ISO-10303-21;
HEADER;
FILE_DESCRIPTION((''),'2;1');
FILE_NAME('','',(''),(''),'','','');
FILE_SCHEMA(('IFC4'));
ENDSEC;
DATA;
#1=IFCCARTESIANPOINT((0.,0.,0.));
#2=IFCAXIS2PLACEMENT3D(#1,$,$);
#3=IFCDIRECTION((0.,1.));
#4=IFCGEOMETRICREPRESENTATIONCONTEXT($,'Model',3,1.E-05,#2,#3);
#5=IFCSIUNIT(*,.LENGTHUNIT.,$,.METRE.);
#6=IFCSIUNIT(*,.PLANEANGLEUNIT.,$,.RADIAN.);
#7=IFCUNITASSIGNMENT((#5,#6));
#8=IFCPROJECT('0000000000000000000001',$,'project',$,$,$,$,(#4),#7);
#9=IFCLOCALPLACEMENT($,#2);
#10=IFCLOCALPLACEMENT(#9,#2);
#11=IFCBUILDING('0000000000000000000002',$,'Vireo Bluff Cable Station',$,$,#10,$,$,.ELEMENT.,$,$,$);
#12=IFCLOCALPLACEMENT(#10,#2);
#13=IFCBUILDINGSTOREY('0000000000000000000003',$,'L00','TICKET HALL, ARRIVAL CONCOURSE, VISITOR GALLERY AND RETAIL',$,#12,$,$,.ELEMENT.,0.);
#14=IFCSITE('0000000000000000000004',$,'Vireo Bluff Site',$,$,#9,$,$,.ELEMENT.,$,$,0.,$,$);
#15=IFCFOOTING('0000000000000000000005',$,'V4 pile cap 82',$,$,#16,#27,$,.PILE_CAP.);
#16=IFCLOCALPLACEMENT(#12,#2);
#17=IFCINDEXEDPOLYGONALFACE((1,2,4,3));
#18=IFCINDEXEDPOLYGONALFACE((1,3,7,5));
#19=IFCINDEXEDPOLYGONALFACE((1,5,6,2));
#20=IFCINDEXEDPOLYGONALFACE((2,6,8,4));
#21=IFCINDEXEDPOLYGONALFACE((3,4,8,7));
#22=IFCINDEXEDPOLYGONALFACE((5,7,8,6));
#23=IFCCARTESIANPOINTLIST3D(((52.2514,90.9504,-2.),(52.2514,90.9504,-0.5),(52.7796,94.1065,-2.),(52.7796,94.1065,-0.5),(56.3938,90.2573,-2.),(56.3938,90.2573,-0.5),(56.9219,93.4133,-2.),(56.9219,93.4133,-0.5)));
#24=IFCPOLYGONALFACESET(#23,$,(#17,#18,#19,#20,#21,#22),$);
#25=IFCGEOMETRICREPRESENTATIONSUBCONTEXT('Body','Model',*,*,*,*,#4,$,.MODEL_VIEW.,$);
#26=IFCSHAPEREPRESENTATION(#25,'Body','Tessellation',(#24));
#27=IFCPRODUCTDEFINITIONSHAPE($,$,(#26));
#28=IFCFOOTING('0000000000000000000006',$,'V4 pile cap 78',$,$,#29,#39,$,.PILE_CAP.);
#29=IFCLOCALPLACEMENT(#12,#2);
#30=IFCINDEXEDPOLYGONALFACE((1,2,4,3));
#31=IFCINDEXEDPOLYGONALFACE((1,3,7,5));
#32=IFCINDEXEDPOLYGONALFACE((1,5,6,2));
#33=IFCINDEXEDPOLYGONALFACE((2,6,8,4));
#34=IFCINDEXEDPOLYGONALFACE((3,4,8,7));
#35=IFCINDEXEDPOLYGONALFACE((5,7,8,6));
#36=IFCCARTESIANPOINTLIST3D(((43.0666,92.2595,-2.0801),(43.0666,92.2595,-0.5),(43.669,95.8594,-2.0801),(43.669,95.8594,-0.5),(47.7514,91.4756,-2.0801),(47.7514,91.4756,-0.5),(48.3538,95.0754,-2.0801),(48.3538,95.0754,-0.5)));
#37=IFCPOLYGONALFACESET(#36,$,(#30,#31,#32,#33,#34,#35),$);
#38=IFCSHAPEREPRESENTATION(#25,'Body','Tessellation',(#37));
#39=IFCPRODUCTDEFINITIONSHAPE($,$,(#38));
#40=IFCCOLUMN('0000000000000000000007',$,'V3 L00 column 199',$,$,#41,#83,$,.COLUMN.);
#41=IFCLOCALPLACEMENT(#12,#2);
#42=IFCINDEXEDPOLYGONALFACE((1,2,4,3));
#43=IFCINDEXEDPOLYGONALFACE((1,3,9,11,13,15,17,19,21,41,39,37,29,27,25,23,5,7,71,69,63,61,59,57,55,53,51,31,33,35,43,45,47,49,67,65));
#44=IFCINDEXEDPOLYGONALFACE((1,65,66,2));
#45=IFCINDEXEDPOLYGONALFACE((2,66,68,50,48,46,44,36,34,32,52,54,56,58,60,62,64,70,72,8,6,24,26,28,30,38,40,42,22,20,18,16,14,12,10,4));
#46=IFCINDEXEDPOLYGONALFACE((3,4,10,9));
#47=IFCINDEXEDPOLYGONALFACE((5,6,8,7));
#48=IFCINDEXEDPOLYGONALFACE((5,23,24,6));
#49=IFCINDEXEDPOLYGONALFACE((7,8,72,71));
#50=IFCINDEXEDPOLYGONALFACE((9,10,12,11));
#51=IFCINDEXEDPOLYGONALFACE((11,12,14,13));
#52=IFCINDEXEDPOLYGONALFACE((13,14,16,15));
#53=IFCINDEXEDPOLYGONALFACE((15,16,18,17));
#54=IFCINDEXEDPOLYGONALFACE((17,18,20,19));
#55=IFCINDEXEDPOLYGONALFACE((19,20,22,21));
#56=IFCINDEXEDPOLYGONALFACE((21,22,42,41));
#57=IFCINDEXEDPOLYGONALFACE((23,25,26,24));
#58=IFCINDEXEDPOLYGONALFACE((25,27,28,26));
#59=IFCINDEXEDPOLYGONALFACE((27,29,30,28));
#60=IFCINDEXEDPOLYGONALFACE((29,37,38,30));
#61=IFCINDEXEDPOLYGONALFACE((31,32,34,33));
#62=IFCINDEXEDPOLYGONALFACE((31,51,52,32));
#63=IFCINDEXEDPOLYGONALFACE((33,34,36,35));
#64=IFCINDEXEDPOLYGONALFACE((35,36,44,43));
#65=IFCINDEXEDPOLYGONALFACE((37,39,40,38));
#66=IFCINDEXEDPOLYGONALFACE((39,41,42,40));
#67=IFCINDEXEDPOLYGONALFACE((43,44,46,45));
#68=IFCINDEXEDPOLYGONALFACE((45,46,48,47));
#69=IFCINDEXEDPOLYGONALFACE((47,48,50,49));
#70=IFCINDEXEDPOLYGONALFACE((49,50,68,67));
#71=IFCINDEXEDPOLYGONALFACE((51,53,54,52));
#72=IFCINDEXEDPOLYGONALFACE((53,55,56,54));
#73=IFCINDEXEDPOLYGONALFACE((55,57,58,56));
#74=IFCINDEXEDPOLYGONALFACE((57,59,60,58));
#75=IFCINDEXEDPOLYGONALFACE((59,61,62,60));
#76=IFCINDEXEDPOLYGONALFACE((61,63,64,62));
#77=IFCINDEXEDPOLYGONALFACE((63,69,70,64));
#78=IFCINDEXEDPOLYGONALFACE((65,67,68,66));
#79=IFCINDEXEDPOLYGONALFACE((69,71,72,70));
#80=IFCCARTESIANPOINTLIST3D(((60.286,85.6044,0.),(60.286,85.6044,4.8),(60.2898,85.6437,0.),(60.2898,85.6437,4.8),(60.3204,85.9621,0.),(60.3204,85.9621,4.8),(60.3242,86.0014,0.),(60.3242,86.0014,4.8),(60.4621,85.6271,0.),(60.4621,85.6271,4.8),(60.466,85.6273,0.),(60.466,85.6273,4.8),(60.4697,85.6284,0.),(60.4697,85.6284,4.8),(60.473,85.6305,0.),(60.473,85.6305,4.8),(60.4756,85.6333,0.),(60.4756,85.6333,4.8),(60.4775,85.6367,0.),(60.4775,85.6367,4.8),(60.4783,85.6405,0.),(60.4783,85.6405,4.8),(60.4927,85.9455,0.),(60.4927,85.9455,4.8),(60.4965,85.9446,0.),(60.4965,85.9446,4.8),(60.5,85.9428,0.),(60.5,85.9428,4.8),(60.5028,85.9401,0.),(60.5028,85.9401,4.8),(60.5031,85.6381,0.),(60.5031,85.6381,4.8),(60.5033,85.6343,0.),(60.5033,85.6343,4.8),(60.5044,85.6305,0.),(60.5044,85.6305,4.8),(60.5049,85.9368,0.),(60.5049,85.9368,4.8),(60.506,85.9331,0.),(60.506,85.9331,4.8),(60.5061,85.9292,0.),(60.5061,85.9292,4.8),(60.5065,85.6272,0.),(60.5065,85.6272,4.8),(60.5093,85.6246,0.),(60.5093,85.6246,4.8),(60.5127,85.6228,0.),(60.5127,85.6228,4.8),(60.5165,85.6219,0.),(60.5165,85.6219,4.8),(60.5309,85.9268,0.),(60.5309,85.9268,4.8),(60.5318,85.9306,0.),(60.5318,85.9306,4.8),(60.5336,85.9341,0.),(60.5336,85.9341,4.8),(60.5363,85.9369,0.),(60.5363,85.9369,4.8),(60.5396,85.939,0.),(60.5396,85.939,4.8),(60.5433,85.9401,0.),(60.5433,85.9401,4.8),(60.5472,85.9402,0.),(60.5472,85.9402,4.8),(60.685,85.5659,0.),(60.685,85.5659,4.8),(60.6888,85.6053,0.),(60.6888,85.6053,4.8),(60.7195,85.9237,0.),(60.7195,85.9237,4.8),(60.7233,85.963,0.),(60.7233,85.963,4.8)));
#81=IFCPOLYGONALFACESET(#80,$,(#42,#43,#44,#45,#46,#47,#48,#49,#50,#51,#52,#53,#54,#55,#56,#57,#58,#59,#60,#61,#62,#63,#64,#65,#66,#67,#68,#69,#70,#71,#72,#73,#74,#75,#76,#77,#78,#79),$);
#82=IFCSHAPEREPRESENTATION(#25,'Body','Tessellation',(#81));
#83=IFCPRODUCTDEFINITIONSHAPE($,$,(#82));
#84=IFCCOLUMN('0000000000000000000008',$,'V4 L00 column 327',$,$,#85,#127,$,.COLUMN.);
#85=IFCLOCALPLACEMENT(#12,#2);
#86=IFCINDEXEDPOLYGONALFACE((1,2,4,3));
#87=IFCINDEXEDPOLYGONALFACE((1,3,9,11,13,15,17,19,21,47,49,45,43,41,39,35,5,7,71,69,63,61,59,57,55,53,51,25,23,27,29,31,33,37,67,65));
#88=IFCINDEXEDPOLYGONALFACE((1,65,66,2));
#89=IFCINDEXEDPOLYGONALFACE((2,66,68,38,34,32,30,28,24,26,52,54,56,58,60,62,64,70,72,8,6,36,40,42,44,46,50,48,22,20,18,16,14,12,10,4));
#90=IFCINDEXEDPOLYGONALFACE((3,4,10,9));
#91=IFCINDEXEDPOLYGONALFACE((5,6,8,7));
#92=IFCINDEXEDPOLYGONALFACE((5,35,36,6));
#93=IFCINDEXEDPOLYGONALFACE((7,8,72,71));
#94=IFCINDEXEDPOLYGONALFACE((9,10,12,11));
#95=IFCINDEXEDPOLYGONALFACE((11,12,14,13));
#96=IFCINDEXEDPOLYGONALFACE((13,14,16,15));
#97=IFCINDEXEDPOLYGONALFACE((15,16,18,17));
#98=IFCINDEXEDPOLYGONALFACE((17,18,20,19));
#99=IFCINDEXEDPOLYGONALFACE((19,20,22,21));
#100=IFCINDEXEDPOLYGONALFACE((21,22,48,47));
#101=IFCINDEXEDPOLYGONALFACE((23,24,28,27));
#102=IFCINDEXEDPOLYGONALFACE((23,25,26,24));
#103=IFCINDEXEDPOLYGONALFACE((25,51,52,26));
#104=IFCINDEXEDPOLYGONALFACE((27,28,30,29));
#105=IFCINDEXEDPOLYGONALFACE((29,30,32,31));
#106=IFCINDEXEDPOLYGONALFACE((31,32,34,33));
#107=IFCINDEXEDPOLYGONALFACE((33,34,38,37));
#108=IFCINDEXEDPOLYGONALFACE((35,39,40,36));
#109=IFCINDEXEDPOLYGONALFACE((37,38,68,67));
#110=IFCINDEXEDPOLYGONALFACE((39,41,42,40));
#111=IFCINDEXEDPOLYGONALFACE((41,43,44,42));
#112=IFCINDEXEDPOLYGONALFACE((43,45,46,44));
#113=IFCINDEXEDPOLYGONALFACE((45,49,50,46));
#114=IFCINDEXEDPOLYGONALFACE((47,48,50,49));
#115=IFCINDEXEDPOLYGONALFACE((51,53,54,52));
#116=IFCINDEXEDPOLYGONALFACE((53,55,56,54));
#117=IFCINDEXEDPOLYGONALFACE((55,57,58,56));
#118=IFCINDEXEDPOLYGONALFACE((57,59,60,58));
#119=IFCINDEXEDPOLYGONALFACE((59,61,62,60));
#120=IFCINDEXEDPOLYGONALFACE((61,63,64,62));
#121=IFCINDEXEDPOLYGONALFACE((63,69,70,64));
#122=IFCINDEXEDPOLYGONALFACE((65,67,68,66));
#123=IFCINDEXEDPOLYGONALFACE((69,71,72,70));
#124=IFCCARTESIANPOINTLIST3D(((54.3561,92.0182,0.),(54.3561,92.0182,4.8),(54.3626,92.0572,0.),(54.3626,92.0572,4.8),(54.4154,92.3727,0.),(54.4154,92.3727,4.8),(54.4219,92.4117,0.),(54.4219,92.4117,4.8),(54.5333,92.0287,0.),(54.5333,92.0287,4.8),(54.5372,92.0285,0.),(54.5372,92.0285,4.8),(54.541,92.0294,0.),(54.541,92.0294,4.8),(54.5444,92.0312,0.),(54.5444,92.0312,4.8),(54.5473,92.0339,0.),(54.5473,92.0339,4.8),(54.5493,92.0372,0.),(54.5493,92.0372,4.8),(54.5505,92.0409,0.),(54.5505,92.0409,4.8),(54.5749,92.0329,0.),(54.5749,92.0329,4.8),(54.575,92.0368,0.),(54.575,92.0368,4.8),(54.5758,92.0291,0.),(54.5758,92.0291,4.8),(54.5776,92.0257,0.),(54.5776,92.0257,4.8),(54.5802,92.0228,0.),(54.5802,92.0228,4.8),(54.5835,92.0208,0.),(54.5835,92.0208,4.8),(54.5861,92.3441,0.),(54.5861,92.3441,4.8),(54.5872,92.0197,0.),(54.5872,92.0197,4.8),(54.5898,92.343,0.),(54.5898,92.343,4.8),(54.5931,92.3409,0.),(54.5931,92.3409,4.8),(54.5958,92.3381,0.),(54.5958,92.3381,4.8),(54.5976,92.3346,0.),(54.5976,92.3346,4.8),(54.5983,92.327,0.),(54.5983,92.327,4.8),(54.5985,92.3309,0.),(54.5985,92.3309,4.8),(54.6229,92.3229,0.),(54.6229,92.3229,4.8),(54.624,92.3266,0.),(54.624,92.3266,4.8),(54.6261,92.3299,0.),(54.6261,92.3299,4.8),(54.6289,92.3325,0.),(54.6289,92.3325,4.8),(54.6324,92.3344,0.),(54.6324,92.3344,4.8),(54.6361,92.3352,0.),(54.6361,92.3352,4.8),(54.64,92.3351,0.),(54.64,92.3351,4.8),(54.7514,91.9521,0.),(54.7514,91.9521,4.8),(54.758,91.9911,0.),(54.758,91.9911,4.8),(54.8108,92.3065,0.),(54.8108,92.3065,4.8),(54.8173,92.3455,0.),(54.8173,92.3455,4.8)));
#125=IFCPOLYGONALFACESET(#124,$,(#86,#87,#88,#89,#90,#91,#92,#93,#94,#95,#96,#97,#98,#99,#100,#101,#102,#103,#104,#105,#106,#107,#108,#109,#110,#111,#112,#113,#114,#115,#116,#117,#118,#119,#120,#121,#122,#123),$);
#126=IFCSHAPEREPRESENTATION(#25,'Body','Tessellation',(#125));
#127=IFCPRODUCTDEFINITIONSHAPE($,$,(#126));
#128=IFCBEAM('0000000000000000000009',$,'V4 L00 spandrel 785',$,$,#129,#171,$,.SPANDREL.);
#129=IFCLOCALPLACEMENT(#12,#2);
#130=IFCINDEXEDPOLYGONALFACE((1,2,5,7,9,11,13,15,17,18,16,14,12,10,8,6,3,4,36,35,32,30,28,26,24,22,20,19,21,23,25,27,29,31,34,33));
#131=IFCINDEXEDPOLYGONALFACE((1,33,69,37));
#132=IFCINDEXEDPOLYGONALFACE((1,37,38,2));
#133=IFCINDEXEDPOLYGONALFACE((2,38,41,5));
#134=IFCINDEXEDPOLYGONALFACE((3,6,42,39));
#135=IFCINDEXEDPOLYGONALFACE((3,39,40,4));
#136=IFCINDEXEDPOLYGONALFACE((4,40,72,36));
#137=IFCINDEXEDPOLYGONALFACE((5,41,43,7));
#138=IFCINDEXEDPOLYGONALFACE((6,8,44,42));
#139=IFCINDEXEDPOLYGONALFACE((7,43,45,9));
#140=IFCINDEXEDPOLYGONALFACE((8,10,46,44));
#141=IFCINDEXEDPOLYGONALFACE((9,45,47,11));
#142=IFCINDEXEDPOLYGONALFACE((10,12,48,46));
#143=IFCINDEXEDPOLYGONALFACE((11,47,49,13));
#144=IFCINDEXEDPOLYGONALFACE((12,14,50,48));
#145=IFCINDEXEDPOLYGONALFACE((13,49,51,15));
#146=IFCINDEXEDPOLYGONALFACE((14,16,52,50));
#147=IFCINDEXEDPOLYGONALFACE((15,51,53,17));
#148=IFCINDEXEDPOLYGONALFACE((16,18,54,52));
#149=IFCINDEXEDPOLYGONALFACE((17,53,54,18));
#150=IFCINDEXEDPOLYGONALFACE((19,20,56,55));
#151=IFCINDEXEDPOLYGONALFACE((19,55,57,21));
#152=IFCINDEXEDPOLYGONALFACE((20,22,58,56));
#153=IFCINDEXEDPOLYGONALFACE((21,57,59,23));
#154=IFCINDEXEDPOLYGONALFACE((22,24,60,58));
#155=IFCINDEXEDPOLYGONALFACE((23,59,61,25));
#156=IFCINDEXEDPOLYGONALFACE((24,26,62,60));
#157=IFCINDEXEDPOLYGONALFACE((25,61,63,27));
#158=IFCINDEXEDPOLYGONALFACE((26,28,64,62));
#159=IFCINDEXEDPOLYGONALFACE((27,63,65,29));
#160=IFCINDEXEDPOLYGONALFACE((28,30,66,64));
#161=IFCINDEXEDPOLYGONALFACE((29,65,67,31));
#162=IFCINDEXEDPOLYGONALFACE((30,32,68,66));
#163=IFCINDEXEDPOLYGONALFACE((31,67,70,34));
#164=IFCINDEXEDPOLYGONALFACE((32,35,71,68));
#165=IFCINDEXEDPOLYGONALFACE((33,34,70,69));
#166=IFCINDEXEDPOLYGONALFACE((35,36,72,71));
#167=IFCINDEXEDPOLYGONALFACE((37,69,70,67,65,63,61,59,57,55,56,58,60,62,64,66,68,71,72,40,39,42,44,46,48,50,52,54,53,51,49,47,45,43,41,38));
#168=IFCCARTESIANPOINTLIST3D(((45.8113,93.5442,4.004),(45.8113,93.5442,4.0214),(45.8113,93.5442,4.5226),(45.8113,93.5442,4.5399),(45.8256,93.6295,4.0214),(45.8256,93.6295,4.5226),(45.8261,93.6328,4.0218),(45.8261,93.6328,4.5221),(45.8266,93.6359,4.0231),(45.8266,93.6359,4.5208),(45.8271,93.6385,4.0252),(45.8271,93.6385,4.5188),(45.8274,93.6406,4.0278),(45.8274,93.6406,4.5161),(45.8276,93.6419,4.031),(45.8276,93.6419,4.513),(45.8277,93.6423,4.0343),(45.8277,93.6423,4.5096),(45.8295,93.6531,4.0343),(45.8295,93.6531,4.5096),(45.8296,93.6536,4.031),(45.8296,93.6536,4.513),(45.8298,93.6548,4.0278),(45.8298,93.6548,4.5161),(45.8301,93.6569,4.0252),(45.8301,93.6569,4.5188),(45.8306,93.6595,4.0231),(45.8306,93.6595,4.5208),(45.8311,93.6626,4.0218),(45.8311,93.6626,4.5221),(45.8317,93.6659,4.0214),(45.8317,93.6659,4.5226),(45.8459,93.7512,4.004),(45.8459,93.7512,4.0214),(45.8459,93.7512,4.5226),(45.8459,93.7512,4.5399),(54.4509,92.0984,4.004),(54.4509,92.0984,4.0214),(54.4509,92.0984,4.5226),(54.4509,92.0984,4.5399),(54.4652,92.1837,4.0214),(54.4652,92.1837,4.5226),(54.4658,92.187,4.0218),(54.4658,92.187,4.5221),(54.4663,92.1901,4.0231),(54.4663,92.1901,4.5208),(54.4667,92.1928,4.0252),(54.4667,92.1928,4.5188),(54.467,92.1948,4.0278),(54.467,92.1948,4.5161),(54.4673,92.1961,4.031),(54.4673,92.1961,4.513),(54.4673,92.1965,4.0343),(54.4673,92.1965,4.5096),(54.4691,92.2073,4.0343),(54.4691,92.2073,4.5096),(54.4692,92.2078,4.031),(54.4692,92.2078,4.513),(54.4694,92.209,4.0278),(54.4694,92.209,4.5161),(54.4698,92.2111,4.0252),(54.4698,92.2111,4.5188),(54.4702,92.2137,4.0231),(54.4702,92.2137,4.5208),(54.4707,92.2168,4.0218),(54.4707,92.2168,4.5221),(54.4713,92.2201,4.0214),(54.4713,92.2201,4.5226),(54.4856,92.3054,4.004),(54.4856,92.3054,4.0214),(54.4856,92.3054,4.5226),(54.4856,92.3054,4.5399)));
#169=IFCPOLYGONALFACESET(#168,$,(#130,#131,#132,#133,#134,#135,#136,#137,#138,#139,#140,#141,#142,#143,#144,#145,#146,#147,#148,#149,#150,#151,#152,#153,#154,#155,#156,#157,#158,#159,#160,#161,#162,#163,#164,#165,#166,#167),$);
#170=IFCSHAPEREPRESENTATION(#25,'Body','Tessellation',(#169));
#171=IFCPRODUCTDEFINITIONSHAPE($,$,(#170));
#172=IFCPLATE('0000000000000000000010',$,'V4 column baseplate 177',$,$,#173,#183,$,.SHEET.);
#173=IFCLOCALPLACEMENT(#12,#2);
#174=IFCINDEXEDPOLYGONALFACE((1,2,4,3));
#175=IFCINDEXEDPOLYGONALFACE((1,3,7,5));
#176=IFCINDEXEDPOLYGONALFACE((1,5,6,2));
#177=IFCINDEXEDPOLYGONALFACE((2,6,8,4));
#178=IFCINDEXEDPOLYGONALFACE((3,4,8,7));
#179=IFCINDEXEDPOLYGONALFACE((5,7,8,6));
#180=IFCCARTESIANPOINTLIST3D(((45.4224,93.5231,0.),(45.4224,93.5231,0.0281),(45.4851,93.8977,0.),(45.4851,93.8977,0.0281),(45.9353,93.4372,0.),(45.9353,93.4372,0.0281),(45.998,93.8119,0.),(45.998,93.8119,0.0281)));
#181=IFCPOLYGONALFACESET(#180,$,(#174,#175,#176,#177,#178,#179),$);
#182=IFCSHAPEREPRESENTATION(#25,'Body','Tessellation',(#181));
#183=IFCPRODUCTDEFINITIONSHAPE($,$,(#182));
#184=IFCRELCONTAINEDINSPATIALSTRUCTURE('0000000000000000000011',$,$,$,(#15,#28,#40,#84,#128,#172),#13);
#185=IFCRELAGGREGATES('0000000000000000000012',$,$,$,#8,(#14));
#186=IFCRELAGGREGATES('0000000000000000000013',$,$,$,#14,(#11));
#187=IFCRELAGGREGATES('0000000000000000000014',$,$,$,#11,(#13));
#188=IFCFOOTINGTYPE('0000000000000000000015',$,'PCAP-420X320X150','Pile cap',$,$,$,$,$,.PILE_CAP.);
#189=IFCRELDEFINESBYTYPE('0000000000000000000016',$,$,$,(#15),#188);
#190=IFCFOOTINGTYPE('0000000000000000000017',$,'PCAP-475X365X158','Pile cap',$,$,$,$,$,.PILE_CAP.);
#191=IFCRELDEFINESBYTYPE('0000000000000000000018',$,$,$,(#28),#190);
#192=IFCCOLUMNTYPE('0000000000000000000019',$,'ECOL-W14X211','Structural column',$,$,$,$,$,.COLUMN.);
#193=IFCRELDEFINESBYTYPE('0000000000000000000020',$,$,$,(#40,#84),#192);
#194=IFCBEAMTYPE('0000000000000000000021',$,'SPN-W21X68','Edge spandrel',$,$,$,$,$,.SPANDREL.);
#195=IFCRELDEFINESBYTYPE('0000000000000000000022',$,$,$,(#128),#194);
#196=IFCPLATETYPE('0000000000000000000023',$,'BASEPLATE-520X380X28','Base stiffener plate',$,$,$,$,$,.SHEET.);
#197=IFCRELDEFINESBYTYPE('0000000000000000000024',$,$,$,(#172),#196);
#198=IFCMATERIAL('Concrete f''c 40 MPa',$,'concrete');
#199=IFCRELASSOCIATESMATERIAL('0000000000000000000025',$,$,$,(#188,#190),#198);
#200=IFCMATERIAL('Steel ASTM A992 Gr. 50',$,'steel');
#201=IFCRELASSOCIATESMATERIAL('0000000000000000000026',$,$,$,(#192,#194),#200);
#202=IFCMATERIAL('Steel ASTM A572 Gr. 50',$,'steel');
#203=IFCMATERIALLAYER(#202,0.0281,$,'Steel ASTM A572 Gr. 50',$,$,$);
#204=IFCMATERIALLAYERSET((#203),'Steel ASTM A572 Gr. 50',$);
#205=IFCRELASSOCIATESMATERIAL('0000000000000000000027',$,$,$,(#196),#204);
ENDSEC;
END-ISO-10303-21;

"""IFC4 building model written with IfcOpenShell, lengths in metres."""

from ifc_helpers import new_model, si_unit, direction, frame, origin, origin_2d, place, context, subcontext, project, spatial, rectangle, i_section, extrude, material, layer, layer_set, material_profile, profile_set, type_object, element, save


model = new_model("IFC4")

# Units and contexts
model_context = context("Model", 3, precision=1e-05, world=origin(), true_north=direction((0.0, 1.0)))
body_context = subcontext(model_context, "Body", "Model", "MODEL_VIEW")
ifc_project = project(units=[si_unit("LENGTHUNIT", "METRE"), si_unit("PLANEANGLEUNIT", "RADIAN")], contexts=[model_context])

# Site, building, storey
site_placement = place(None, origin())
site = spatial("IfcSite", under=ifc_project, at=site_placement, Name="Vireo Bluff Site", CompositionType="ELEMENT", RefElevation=0.0)
building_placement = place(site_placement, origin())
building = spatial("IfcBuilding", under=site, at=building_placement, Name="Vireo Bluff Cable Station", CompositionType="ELEMENT")
storey_placement = place(building_placement, origin())
storey = spatial("IfcBuildingStorey", under=building, at=storey_placement, Name="L00", Description="TICKET HALL, ARRIVAL CONCOURSE, VISITOR GALLERY AND RETAIL", CompositionType="ELEMENT", Elevation=0.0)

# Footings
ifc_material_1 = material(Name="Concrete f'c 40 MPa", Category="concrete")
footing_type_1 = type_object("IfcFootingType", Name="PCAP-420X320X150", Description="Pile cap", PredefinedType="PILE_CAP", material=ifc_material_1)
footing_1_placement = place(storey_placement, frame((54.5867, 92.1819, -2.0), z_axis=(0.0, 0.0, 1.0), x_axis=(0.986286, -0.165048, 0.0)))
element("IfcFooting", 1, at=footing_1_placement, inside=storey, type_object=footing_type_1, Name="V4 pile cap 82", PredefinedType="PILE_CAP", context=body_context, shape_type="SweptSolid", body=[
    extrude(rectangle(XDim=4.2, YDim=3.2, at=origin_2d()), origin(), (0.0, 0.0, 1.0), 1.5),
])
footing_type_2 = type_object("IfcFootingType", Name="PCAP-475X365X158", Description="Pile cap", PredefinedType="PILE_CAP", material=ifc_material_1)
footing_2_placement = place(storey_placement, frame((45.7102, 93.6675, -2.0801), z_axis=(0.0, 0.0, 1.0), x_axis=(0.986286, -0.165048, 0.0)))
element("IfcFooting", 2, at=footing_2_placement, inside=storey, type_object=footing_type_2, Name="V4 pile cap 78", PredefinedType="PILE_CAP", context=body_context, shape_type="SweptSolid", body=[
    extrude(rectangle(XDim=4.75, YDim=3.6499, at=origin_2d()), origin(), (0.0, 0.0, 1.0), 1.5801),
])

# Columns
ifc_material_2 = material(Name="Steel ASTM A992 Gr. 50", Category="steel")
ifc_material_profile_1 = material_profile(ifc_material_2, i_section(OverallWidth=0.4009, OverallDepth=0.3989, WebThickness=0.0249, FlangeThickness=0.0396, FilletRadius=0.0149, at=origin_2d()), Name="W14X211")
ifc_profile_set_1 = profile_set([ifc_material_profile_1], Name="Steel ASTM A992 Gr. 50")
column_type = type_object("IfcColumnType", Name="ECOL-W14X211", Description="Structural column", PredefinedType="COLUMN", material=ifc_profile_set_1)
for number, where, z_axis, x_axis, name in (
    (3, (60.5046, 85.7837, 0.0), (0.0, 0.0, 1.0), (0.995396, -0.095846, 0.0), "V3 L00 column 199"),
    (4, (54.5867, 92.1819, 0.0), (0.0, 0.0, 1.0), (0.986286, -0.165048, 0.0), "V4 L00 column 327"),
):
    element("IfcColumn", number, at=place(storey_placement, frame(where, z_axis=z_axis, x_axis=x_axis)), inside=storey, type_object=column_type, Name=name, PredefinedType="COLUMN", context=body_context, shape_type="SweptSolid", body=[
        extrude(i_section(OverallWidth=0.4009, OverallDepth=0.3989, WebThickness=0.0249, FlangeThickness=0.0396, FilletRadius=0.0149, at=origin_2d()), origin(), (0.0, 0.0, 1.0), 4.8),
    ])

# Beam
ifc_material_profile_2 = material_profile(ifc_material_2, i_section(OverallWidth=0.21, OverallDepth=0.5359, WebThickness=0.011, FlangeThickness=0.0173, FilletRadius=0.0129, at=origin_2d()), Name="W21X68")
ifc_profile_set_2 = profile_set([ifc_material_profile_2], Name="Steel ASTM A992 Gr. 50")
beam_type = type_object("IfcBeamType", Name="SPN-W21X68", Description="Edge spandrel", PredefinedType="SPANDREL", material=ifc_profile_set_2)
beam_placement = place(storey_placement, frame((45.8286, 93.6477, 4.272), z_axis=(0.986285, -0.16505, 0.0), x_axis=(0.16505, 0.986285, 0.0)))
element("IfcBeam", 5, at=beam_placement, inside=storey, type_object=beam_type, Name="V4 L00 spandrel 785", PredefinedType="SPANDREL", context=body_context, shape_type="SweptSolid", body=[
    extrude(i_section(OverallWidth=0.21, OverallDepth=0.5359, WebThickness=0.011, FlangeThickness=0.0173, FilletRadius=0.0129, at=origin_2d()), origin(), (0.0, 0.0, 1.0), 8.7598),
])

# Plate
ifc_material_3 = material(Name="Steel ASTM A572 Gr. 50", Category="steel")
ifc_layer_1 = layer(ifc_material_3, 0.0281, Name="Steel ASTM A572 Gr. 50")
ifc_layer_set_1 = layer_set([ifc_layer_1], Name="Steel ASTM A572 Gr. 50")
plate_type_1 = type_object("IfcPlateType", Name="BASEPLATE-520X380X28", Description="Base stiffener plate", PredefinedType="SHEET", material=ifc_layer_set_1)
plate_1_placement = place(storey_placement, frame((45.7102, 93.6675, 0.0), z_axis=(0.0, 0.0, 1.0), x_axis=(0.986286, -0.165048, 0.0)))
element("IfcPlate", 6, at=plate_1_placement, inside=storey, type_object=plate_type_1, Name="V4 column baseplate 177", PredefinedType="SHEET", context=body_context, shape_type="SweptSolid", body=[
    extrude(rectangle(XDim=0.52, YDim=0.3799, at=origin_2d()), origin(), (0.0, 0.0, 1.0), 0.0281),
])

save(model, "model.ifc")
